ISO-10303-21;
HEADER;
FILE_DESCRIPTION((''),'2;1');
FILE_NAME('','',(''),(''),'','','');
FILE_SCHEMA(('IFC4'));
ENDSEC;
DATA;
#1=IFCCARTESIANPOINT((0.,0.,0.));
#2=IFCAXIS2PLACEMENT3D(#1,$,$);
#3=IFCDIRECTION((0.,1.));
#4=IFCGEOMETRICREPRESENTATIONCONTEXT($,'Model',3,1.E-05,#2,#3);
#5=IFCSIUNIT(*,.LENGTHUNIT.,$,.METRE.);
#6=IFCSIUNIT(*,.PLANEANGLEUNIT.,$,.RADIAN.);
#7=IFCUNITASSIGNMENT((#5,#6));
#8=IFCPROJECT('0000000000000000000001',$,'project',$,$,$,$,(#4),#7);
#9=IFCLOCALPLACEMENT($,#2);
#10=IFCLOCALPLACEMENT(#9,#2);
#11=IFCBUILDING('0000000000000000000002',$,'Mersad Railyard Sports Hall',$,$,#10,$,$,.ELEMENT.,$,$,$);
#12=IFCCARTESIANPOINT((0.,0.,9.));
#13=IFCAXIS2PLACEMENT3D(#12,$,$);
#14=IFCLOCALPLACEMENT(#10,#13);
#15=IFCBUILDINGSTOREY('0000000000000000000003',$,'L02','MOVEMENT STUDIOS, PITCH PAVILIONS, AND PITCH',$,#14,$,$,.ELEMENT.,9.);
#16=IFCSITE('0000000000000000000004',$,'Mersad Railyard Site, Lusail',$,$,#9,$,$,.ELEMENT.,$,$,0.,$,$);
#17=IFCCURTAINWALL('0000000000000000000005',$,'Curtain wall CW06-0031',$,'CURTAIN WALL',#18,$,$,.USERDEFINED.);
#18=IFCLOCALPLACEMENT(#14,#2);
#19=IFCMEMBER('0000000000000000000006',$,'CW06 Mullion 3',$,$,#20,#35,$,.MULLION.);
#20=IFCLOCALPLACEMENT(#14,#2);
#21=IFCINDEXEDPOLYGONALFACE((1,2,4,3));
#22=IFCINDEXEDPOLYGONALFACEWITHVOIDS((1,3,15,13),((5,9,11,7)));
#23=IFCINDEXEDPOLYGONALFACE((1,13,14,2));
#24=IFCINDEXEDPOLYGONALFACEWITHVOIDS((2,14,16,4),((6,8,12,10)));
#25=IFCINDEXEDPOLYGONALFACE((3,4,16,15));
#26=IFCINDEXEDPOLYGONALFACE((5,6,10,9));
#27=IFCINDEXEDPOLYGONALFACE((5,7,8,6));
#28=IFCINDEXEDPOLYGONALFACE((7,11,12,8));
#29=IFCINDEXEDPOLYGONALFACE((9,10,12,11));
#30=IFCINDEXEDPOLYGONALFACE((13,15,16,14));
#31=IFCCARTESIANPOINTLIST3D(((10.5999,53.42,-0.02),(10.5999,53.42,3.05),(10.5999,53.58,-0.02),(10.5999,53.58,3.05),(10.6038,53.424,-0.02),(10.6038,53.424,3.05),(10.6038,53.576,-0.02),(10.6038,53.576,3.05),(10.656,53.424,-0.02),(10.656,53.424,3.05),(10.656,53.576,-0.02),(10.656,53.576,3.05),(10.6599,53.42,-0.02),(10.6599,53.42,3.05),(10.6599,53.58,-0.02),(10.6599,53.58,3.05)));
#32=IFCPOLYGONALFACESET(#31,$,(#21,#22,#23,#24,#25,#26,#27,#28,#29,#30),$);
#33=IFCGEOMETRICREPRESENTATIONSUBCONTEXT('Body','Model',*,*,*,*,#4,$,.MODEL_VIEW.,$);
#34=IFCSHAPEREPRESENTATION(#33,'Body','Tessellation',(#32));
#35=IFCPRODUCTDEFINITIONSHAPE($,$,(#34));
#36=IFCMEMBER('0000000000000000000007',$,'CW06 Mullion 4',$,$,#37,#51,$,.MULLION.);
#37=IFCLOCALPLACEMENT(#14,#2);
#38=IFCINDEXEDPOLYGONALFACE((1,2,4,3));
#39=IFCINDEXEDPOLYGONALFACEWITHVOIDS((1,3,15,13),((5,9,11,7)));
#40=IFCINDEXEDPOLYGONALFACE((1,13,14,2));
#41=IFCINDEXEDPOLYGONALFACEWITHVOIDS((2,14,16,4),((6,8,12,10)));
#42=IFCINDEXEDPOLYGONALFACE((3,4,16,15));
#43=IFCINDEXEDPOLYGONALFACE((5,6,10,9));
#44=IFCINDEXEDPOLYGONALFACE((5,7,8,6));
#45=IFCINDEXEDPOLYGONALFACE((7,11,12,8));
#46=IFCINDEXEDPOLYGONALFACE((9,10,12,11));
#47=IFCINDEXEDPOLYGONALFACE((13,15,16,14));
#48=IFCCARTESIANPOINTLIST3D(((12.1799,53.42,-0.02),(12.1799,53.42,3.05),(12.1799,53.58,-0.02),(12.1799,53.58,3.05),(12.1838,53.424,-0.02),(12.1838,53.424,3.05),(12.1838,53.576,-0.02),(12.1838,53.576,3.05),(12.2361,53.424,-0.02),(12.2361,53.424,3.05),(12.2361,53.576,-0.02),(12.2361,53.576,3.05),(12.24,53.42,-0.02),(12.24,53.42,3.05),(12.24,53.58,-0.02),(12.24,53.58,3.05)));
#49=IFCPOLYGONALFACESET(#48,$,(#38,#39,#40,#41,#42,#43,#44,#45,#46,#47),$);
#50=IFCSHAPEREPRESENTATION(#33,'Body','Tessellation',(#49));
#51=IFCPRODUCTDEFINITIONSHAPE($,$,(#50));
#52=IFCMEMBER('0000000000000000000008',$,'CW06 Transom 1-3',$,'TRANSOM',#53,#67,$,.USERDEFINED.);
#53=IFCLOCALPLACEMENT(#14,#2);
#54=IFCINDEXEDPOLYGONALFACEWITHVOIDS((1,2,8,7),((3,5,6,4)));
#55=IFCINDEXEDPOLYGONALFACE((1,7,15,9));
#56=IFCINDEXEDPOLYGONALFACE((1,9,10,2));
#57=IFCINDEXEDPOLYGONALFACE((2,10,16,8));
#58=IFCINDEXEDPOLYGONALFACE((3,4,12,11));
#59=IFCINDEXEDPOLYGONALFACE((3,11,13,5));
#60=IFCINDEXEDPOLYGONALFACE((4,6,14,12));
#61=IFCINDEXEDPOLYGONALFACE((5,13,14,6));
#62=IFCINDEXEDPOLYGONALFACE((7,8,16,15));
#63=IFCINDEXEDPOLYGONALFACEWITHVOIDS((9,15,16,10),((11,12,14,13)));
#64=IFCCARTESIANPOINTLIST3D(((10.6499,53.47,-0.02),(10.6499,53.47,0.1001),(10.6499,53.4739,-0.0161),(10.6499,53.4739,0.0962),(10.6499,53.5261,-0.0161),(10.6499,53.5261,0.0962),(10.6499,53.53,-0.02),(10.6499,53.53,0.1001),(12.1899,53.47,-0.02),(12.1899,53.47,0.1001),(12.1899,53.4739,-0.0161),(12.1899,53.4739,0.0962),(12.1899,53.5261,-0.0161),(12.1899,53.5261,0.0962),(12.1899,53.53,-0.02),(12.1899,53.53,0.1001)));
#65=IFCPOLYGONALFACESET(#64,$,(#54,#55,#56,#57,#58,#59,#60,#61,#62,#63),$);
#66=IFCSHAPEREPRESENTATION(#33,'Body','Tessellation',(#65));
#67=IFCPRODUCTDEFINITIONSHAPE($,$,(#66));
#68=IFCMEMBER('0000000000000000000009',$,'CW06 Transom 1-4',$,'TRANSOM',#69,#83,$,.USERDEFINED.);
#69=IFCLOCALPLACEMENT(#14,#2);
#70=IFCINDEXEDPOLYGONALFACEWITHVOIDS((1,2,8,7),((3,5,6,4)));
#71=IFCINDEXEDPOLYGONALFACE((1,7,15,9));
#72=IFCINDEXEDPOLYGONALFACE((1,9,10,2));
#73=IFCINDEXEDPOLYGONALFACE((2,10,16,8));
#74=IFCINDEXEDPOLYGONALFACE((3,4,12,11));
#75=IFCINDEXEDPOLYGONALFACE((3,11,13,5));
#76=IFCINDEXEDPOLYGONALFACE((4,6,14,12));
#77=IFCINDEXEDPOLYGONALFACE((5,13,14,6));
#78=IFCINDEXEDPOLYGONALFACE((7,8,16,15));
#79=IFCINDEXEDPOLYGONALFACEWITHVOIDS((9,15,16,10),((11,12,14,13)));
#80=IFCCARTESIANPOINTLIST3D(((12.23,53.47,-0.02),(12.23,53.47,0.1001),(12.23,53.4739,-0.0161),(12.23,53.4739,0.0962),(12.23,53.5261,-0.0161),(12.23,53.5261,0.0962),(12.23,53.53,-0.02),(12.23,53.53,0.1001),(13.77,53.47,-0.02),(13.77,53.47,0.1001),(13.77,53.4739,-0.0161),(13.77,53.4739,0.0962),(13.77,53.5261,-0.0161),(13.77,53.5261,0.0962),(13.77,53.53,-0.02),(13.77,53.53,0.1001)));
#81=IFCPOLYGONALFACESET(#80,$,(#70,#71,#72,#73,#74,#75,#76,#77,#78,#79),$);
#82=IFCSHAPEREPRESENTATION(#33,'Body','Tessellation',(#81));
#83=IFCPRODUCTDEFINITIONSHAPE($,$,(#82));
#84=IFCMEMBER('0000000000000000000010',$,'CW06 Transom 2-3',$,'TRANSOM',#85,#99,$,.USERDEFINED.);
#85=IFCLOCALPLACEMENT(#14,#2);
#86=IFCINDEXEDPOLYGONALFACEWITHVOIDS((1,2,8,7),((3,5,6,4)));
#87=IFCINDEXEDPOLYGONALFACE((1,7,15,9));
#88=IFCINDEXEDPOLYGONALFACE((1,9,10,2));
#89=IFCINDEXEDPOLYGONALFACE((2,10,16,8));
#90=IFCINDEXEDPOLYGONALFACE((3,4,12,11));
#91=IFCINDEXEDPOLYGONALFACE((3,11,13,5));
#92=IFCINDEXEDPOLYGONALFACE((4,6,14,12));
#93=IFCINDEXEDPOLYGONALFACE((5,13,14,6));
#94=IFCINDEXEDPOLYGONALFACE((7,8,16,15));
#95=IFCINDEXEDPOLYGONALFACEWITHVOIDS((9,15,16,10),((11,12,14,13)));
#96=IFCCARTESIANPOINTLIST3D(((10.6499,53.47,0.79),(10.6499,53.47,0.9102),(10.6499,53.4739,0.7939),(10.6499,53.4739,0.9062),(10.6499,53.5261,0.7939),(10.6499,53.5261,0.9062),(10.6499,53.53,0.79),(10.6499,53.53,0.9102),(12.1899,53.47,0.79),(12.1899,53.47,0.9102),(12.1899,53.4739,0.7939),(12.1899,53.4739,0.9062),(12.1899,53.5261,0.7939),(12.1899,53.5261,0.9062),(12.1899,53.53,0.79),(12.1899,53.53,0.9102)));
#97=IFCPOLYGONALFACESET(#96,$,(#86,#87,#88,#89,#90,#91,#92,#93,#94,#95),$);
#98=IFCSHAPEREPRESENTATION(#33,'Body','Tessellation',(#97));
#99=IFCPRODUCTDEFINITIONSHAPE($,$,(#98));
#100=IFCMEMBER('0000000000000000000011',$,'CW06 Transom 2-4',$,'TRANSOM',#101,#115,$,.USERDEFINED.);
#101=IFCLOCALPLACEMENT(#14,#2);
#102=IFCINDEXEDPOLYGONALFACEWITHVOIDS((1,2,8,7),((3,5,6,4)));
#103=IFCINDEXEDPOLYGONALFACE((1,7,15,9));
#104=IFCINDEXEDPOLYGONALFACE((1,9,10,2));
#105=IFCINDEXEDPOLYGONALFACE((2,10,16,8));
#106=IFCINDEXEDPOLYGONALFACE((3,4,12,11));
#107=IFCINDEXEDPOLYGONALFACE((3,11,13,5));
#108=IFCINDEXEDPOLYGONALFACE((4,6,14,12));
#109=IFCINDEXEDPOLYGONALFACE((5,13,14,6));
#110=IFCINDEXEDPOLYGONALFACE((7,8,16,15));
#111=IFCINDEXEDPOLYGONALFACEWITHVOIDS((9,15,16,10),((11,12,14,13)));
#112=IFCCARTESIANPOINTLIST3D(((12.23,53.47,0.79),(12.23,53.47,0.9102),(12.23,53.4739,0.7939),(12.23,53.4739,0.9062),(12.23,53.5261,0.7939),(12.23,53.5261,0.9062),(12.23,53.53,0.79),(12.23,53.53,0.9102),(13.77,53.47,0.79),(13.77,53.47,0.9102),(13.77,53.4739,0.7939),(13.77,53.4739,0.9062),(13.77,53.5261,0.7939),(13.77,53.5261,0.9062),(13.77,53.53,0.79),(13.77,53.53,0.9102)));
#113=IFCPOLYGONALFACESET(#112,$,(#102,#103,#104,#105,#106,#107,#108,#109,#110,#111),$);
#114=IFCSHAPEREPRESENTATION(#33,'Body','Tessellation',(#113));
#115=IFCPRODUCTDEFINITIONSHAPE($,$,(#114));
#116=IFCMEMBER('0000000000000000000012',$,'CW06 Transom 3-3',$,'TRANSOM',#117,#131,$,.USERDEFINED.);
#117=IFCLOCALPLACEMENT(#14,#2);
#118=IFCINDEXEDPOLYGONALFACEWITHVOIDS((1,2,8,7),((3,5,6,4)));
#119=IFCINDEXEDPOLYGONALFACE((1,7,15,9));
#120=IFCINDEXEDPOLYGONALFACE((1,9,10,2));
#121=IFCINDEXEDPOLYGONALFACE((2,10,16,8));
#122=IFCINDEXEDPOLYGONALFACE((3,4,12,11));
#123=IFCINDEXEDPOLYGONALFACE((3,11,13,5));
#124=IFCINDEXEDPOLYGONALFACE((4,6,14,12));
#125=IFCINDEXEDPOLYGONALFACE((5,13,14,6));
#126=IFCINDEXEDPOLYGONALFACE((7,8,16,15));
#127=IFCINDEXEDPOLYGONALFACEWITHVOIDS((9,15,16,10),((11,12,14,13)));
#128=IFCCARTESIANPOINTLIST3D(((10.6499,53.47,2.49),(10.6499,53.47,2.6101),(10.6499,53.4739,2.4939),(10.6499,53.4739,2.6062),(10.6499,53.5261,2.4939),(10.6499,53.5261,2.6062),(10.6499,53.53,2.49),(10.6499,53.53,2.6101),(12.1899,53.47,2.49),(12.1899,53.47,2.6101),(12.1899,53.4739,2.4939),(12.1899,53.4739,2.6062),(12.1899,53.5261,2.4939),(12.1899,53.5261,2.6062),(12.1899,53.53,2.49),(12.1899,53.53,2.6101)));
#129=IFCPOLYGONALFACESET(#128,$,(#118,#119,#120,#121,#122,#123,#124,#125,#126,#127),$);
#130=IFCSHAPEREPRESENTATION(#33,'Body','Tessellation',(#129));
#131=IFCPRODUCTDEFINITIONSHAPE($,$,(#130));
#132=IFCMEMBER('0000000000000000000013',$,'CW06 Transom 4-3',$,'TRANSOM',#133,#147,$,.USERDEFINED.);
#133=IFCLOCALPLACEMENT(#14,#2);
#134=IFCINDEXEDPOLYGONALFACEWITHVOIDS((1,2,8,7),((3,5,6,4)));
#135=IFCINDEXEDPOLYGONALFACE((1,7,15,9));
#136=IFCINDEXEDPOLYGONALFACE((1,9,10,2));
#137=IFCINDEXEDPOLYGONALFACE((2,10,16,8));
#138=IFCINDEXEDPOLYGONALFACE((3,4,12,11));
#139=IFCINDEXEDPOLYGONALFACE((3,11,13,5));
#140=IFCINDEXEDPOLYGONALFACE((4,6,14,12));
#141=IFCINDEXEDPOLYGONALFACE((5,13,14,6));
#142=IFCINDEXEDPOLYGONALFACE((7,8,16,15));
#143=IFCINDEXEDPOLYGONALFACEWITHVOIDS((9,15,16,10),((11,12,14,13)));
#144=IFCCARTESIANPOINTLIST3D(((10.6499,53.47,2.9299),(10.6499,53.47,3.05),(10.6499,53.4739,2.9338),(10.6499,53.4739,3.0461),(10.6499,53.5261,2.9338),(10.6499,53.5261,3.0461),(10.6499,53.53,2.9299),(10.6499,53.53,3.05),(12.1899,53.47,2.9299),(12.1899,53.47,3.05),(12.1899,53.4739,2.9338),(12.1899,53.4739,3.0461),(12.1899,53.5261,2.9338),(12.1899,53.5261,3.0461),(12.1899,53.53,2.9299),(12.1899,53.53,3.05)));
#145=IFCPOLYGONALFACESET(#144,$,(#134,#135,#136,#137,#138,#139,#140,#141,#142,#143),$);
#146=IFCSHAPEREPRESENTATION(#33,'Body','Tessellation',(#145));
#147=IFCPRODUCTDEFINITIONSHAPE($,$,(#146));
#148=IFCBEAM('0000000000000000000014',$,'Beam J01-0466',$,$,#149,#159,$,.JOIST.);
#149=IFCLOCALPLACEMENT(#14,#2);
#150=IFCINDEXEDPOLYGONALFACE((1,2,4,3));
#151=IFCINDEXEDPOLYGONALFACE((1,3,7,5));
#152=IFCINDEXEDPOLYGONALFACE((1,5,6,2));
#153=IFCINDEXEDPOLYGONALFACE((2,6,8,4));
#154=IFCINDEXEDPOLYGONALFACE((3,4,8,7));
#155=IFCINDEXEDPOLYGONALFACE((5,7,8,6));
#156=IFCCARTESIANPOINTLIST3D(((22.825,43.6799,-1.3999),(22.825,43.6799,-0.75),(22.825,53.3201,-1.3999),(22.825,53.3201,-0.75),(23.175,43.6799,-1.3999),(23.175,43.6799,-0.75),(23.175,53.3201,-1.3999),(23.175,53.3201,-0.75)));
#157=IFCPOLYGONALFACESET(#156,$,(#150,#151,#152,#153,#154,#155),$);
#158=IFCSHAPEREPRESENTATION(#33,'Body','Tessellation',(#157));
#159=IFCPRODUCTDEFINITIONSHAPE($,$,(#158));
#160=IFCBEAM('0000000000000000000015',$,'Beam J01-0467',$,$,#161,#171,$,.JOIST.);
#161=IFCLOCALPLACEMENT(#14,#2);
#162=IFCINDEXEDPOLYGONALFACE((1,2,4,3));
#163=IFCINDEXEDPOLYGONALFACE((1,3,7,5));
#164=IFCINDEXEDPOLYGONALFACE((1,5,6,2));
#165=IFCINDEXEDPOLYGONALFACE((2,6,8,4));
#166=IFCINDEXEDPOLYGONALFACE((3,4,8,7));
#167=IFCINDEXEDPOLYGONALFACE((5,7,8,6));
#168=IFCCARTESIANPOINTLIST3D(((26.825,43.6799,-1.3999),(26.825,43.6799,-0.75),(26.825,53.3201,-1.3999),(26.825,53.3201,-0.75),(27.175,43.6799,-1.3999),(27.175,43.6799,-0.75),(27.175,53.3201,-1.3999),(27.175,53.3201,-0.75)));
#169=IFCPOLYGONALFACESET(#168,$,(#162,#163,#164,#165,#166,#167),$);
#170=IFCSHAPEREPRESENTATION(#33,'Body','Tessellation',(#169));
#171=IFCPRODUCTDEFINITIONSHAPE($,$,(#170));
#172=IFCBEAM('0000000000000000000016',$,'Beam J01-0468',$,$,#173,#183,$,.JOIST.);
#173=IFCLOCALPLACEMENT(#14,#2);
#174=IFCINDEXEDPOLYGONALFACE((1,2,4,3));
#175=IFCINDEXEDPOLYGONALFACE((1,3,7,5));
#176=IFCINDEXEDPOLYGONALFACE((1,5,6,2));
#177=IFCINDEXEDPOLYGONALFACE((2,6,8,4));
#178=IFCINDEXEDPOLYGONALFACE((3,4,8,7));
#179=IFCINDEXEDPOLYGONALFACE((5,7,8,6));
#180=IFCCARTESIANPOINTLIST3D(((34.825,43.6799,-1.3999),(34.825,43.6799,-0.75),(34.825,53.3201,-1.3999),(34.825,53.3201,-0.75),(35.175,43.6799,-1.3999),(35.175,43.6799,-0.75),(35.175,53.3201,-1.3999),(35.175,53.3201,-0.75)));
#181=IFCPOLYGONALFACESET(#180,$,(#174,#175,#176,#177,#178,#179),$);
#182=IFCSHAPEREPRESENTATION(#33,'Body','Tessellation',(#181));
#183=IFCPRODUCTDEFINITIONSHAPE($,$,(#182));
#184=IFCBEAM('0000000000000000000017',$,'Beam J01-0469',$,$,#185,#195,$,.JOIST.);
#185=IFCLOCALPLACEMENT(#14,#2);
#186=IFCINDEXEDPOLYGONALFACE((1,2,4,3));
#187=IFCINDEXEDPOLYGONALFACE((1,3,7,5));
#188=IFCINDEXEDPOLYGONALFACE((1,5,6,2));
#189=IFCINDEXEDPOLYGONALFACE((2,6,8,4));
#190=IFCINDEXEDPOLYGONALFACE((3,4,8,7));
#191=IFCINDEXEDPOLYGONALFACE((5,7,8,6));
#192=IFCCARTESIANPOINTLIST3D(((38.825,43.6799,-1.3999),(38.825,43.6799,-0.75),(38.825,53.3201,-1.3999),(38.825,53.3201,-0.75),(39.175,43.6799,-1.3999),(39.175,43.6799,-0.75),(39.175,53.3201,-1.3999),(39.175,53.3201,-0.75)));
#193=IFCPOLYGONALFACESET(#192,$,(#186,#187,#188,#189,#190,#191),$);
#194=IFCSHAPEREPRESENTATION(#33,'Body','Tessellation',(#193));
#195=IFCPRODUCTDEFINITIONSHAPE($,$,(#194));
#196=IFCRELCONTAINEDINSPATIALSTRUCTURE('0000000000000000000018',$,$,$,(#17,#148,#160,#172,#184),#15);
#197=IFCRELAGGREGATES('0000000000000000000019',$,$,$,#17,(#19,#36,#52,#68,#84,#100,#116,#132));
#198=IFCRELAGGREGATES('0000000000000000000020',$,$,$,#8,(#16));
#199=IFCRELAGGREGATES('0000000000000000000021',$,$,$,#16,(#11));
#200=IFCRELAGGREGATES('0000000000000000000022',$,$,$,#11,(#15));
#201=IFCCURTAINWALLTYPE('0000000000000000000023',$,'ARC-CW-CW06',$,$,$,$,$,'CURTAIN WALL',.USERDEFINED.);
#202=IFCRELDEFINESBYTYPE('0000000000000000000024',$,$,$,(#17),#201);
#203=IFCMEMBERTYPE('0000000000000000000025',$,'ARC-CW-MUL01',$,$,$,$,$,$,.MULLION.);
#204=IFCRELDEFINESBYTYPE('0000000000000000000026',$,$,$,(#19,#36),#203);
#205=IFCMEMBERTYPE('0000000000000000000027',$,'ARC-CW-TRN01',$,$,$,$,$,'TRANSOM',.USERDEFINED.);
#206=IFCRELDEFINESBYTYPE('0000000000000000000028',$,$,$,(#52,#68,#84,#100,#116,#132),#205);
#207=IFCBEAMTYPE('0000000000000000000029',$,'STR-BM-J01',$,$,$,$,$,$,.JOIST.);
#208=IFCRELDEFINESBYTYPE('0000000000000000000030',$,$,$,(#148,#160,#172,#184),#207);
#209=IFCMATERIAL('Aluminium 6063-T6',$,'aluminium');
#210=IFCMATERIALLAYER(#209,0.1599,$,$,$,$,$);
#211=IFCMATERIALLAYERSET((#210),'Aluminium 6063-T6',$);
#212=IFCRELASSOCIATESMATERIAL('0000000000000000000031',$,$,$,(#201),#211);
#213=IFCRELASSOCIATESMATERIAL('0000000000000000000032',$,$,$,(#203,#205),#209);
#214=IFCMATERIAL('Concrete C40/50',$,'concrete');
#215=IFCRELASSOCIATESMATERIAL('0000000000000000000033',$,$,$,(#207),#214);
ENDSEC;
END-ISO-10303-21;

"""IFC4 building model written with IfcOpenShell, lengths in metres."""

from ifc_helpers import new_model, si_unit, direction, frame, origin, origin_2d, place, context, subcontext, project, spatial, rectangle, hollow_rectangle, extrude, material, layer, layer_set, material_profile, profile_set, type_object, element, aggregate, save


model = new_model("IFC4")

# Units and contexts
model_context = context("Model", 3, precision=1e-05, world=origin(), true_north=direction((0.0, 1.0)))
body_context = subcontext(model_context, "Body", "Model", "MODEL_VIEW")
ifc_project = project(units=[si_unit("LENGTHUNIT", "METRE"), si_unit("PLANEANGLEUNIT", "RADIAN")], contexts=[model_context])

# Site, building, storey
site_placement = place(None, origin())
site = spatial("IfcSite", under=ifc_project, at=site_placement, Name="Mersad Railyard Site, Lusail", CompositionType="ELEMENT", RefElevation=0.0)
building_placement = place(site_placement, origin())
building = spatial("IfcBuilding", under=site, at=building_placement, Name="Mersad Railyard Sports Hall", CompositionType="ELEMENT")
storey_placement = place(building_placement, frame((0.0, 0.0, 9.0)))
storey = spatial("IfcBuildingStorey", under=building, at=storey_placement, Name="L02", Description="MOVEMENT STUDIOS, PITCH PAVILIONS, AND PITCH", CompositionType="ELEMENT", Elevation=9.0)

# Curtain wall, members
ifc_material_1 = material(Name="Aluminium 6063-T6", Category="aluminium")
ifc_layer_1 = layer(ifc_material_1, 0.1599)
ifc_layer_set_1 = layer_set([ifc_layer_1], Name="Aluminium 6063-T6")
curtain_wall_type = type_object("IfcCurtainWallType", Name="ARC-CW-CW06", ElementType="CURTAIN WALL", PredefinedType="USERDEFINED", material=ifc_layer_set_1)
curtain_wall_placement = place(storey_placement, origin())
curtain_wall = element("IfcCurtainWall", 1, at=curtain_wall_placement, inside=storey, type_object=curtain_wall_type, Name="Curtain wall CW06-0031", ObjectType="CURTAIN WALL", PredefinedType="USERDEFINED")
ifc_material_profile_1 = material_profile(ifc_material_1, hollow_rectangle(XDim=0.0601, YDim=0.1599, WallThickness=0.0039, at=origin_2d()), Name="AL MULLION 60x160x4")
ifc_profile_set_1 = profile_set([ifc_material_profile_1], Name="Aluminium 6063-T6")
member_type_1 = type_object("IfcMemberType", Name="ARC-CW-MUL01", PredefinedType="MULLION", material=ifc_profile_set_1)
member_1_placement = place(storey_placement, frame((10.6299, 53.5, -0.02), z_axis=(0.0, 0.0, 1.0), x_axis=(1.0, 0.0, 0.0)))
member_1 = element("IfcMember", 2, at=member_1_placement, type_object=member_type_1, Name="CW06 Mullion 3", PredefinedType="MULLION", context=body_context, shape_type="SweptSolid", body=[
    extrude(hollow_rectangle(XDim=0.0601, YDim=0.1599, WallThickness=0.0039, at=origin_2d()), origin(), (0.0, 0.0, 1.0), 3.0701),
])
member_2_placement = place(storey_placement, frame((12.21, 53.5, -0.02), z_axis=(0.0, 0.0, 1.0), x_axis=(1.0, 0.0, 0.0)))
member_2 = element("IfcMember", 3, at=member_2_placement, type_object=member_type_1, Name="CW06 Mullion 4", PredefinedType="MULLION", context=body_context, shape_type="SweptSolid", body=[
    extrude(hollow_rectangle(XDim=0.0601, YDim=0.1599, WallThickness=0.0039, at=origin_2d()), origin(), (0.0, 0.0, 1.0), 3.0701),
])
ifc_material_profile_2 = material_profile(ifc_material_1, hollow_rectangle(XDim=0.0601, YDim=0.1201, WallThickness=0.0039, at=origin_2d()), Name="AL TRANSOM 60x120x4")
ifc_profile_set_2 = profile_set([ifc_material_profile_2], Name="Aluminium 6063-T6")
member_type_2 = type_object("IfcMemberType", Name="ARC-CW-TRN01", ElementType="TRANSOM", PredefinedType="USERDEFINED", material=ifc_profile_set_2)
member_3_placement = place(storey_placement, frame((10.6499, 53.5, 0.04), z_axis=(1.0, 0.0, 0.0), x_axis=(0.0, 1.0, 0.0)))
member_3 = element("IfcMember", 4, at=member_3_placement, type_object=member_type_2, Name="CW06 Transom 1-3", ObjectType="TRANSOM", PredefinedType="USERDEFINED", context=body_context, shape_type="SweptSolid", body=[
    extrude(hollow_rectangle(XDim=0.0601, YDim=0.1201, WallThickness=0.0039, at=origin_2d()), origin(), (0.0, 0.0, 1.0), 1.54),
])
member_4_placement = place(storey_placement, frame((12.23, 53.5, 0.04), z_axis=(1.0, 0.0, 0.0), x_axis=(0.0, 1.0, 0.0)))
member_4 = element("IfcMember", 5, at=member_4_placement, type_object=member_type_2, Name="CW06 Transom 1-4", ObjectType="TRANSOM", PredefinedType="USERDEFINED", context=body_context, shape_type="SweptSolid", body=[
    extrude(hollow_rectangle(XDim=0.0601, YDim=0.1201, WallThickness=0.0039, at=origin_2d()), origin(), (0.0, 0.0, 1.0), 1.54),
])
member_5_placement = place(storey_placement, frame((10.6499, 53.5, 0.8501), z_axis=(1.0, 0.0, 0.0), x_axis=(0.0, 1.0, 0.0)))
member_5 = element("IfcMember", 6, at=member_5_placement, type_object=member_type_2, Name="CW06 Transom 2-3", ObjectType="TRANSOM", PredefinedType="USERDEFINED", context=body_context, shape_type="SweptSolid", body=[
    extrude(hollow_rectangle(XDim=0.0601, YDim=0.1201, WallThickness=0.0039, at=origin_2d()), origin(), (0.0, 0.0, 1.0), 1.54),
])
member_6_placement = place(storey_placement, frame((12.23, 53.5, 0.8501), z_axis=(1.0, 0.0, 0.0), x_axis=(0.0, 1.0, 0.0)))
member_6 = element("IfcMember", 7, at=member_6_placement, type_object=member_type_2, Name="CW06 Transom 2-4", ObjectType="TRANSOM", PredefinedType="USERDEFINED", context=body_context, shape_type="SweptSolid", body=[
    extrude(hollow_rectangle(XDim=0.0601, YDim=0.1201, WallThickness=0.0039, at=origin_2d()), origin(), (0.0, 0.0, 1.0), 1.54),
])
member_7_placement = place(storey_placement, frame((10.6499, 53.5, 2.55), z_axis=(1.0, 0.0, 0.0), x_axis=(0.0, 1.0, 0.0)))
member_7 = element("IfcMember", 8, at=member_7_placement, type_object=member_type_2, Name="CW06 Transom 3-3", ObjectType="TRANSOM", PredefinedType="USERDEFINED", context=body_context, shape_type="SweptSolid", body=[
    extrude(hollow_rectangle(XDim=0.0601, YDim=0.1201, WallThickness=0.0039, at=origin_2d()), origin(), (0.0, 0.0, 1.0), 1.54),
])
member_8_placement = place(storey_placement, frame((10.6499, 53.5, 2.99), z_axis=(1.0, 0.0, 0.0), x_axis=(0.0, 1.0, 0.0)))
member_8 = element("IfcMember", 9, at=member_8_placement, type_object=member_type_2, Name="CW06 Transom 4-3", ObjectType="TRANSOM", PredefinedType="USERDEFINED", context=body_context, shape_type="SweptSolid", body=[
    extrude(hollow_rectangle(XDim=0.0601, YDim=0.1201, WallThickness=0.0039, at=origin_2d()), origin(), (0.0, 0.0, 1.0), 1.54),
])

# Beams
ifc_material_2 = material(Name="Concrete C40/50", Category="concrete")
ifc_material_profile_3 = material_profile(ifc_material_2, rectangle(XDim=0.3501, YDim=0.6499, at=origin_2d()), Name="RC 350x650")
ifc_profile_set_3 = profile_set([ifc_material_profile_3], Name="Concrete C40/50")
beam_type = type_object("IfcBeamType", Name="STR-BM-J01", PredefinedType="JOIST", material=ifc_profile_set_3)
for number, where, z_axis, x_axis, name in (
    (10, (23.0, 43.6799, -1.075), (0.0, 1.0, 0.0), (-1.0, 0.0, 0.0), "Beam J01-0466"),
    (11, (27.0, 43.6799, -1.075), (0.0, 1.0, 0.0), (-1.0, 0.0, 0.0), "Beam J01-0467"),
    (12, (35.0, 43.6799, -1.075), (0.0, 1.0, 0.0), (-1.0, 0.0, 0.0), "Beam J01-0468"),
    (13, (39.0, 43.6799, -1.075), (0.0, 1.0, 0.0), (-1.0, 0.0, 0.0), "Beam J01-0469"),
):
    element("IfcBeam", number, at=place(storey_placement, frame(where, z_axis=z_axis, x_axis=x_axis)), inside=storey, type_object=beam_type, Name=name, PredefinedType="JOIST", context=body_context, shape_type="SweptSolid", body=[
        extrude(rectangle(XDim=0.3501, YDim=0.6499, at=origin_2d()), origin(), (0.0, 0.0, 1.0), 9.6401),
    ])

aggregate(curtain_wall, [member_1, member_2, member_3, member_4, member_5, member_6, member_7, member_8])

save(model, "model.ifc")
